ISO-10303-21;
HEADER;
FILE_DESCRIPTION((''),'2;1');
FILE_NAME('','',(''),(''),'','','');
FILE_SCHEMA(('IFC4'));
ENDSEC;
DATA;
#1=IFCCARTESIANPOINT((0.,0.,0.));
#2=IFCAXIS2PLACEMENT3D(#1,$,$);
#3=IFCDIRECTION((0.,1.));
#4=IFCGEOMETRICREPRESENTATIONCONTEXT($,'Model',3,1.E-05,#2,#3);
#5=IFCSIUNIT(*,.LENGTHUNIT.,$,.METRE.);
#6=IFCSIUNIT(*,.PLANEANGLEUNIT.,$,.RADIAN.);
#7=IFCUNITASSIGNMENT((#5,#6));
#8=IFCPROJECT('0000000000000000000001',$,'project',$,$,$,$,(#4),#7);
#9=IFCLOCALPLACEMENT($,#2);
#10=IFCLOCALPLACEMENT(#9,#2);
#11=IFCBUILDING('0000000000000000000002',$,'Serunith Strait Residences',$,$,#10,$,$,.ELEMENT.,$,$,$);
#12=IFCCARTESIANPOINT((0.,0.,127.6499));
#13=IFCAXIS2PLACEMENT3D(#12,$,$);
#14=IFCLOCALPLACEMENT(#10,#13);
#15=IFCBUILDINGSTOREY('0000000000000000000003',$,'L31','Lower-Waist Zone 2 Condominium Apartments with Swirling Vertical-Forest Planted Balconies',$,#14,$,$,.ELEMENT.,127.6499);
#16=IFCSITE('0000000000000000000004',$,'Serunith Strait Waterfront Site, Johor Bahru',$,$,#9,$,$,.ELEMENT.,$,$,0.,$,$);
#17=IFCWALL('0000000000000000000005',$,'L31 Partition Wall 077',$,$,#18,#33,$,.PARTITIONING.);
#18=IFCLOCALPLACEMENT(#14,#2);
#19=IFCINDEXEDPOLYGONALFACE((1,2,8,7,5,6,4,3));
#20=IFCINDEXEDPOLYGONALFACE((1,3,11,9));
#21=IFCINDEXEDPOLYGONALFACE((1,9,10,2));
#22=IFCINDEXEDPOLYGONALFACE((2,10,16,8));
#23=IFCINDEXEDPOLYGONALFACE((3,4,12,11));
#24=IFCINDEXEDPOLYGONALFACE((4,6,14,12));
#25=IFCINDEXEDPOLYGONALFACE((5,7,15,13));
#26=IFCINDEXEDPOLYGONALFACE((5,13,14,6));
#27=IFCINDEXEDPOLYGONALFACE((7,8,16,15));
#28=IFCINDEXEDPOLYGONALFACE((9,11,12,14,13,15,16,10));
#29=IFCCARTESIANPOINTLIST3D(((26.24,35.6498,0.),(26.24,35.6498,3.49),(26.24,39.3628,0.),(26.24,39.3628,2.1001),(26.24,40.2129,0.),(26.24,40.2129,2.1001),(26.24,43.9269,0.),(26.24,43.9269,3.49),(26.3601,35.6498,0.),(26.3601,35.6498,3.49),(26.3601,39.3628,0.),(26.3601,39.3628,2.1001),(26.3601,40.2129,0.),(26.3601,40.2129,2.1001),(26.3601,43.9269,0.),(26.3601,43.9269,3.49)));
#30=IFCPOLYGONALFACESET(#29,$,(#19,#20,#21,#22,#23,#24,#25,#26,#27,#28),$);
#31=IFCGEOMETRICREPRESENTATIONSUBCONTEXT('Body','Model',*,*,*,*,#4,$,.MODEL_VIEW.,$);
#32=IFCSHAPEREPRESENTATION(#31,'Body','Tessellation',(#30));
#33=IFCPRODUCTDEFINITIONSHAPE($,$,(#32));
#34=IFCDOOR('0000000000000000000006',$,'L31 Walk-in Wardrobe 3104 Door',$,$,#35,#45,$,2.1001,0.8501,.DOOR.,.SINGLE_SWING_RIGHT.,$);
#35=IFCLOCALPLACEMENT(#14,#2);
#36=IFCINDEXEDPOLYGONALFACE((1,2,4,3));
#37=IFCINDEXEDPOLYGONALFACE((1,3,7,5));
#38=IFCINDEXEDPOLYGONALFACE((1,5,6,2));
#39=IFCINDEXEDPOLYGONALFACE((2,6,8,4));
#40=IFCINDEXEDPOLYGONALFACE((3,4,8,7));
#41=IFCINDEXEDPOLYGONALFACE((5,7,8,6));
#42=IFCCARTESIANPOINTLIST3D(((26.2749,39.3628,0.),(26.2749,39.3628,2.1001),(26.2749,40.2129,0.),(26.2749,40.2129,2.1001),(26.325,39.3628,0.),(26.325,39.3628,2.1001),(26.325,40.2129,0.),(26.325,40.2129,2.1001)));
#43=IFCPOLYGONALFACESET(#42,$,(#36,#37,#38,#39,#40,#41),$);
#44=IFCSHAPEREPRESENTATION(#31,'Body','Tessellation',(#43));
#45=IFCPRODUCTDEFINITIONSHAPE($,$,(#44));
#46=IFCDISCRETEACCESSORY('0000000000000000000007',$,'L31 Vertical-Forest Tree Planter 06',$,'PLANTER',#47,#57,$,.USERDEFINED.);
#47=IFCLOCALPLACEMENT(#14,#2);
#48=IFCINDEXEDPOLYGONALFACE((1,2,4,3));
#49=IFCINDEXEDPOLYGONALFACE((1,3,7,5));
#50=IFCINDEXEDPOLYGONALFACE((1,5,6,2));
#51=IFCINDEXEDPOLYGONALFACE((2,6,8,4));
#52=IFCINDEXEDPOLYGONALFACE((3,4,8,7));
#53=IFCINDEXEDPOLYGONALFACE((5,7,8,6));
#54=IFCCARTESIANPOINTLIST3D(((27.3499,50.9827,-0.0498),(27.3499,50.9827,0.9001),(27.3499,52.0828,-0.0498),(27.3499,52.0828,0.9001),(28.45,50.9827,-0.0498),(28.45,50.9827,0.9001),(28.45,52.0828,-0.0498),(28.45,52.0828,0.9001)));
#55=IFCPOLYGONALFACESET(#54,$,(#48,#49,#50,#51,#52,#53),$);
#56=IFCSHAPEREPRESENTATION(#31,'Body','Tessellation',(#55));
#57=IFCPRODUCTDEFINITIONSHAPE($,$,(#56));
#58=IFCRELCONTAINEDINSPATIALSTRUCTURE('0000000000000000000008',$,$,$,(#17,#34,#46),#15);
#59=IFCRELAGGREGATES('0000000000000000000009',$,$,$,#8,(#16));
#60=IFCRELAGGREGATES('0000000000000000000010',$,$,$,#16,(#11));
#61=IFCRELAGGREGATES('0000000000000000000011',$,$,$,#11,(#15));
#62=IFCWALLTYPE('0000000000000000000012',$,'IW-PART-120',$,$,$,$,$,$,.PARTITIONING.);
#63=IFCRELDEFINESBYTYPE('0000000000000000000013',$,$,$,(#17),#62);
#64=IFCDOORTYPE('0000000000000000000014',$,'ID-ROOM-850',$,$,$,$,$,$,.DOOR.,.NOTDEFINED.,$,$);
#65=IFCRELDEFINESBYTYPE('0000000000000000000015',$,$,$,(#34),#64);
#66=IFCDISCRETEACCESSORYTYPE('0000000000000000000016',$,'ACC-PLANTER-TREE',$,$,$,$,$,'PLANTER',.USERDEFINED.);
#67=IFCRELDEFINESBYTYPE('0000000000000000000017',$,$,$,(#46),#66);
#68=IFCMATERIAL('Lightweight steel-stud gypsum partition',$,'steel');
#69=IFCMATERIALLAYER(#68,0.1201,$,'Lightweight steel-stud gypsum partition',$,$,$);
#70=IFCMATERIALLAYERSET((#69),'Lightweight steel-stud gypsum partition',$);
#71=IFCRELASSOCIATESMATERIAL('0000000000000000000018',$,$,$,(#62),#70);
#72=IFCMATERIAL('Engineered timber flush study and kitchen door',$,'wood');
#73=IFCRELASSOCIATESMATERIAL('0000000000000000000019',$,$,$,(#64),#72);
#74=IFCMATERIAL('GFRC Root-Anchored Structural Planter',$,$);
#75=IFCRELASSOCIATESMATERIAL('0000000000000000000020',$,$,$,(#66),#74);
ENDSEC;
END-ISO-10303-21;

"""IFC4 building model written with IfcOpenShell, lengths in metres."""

from ifc_helpers import new_model, si_unit, direction, frame, frame_2d, origin, origin_2d, place, context, subcontext, project, spatial, rectangle, extrude, source, transform, mapped, material, layer, layer_set, type_object, element, fill, save


model = new_model("IFC4")

# Units and contexts
model_context = context("Model", 3, precision=1e-05, world=origin(), true_north=direction((0.0, 1.0)))
body_context = subcontext(model_context, "Body", "Model", "MODEL_VIEW")
ifc_project = project(units=[si_unit("LENGTHUNIT", "METRE"), si_unit("PLANEANGLEUNIT", "RADIAN")], contexts=[model_context])

# Site, building, storey
site_placement = place(None, origin())
site = spatial("IfcSite", under=ifc_project, at=site_placement, Name="Serunith Strait Waterfront Site, Johor Bahru", CompositionType="ELEMENT", RefElevation=0.0)
building_placement = place(site_placement, origin())
building = spatial("IfcBuilding", under=site, at=building_placement, Name="Serunith Strait Residences", CompositionType="ELEMENT")
storey_placement = place(building_placement, frame((0.0, 0.0, 127.6499)))
storey = spatial("IfcBuildingStorey", under=building, at=storey_placement, Name="L31", Description="Lower-Waist Zone 2 Condominium Apartments with Swirling Vertical-Forest Planted Balconies", CompositionType="ELEMENT", Elevation=127.6499)

# Shared definitions
ifc_material_1 = material(Name="Lightweight steel-stud gypsum partition", Category="steel")
ifc_layer_1 = layer(ifc_material_1, 0.1201, Name="Lightweight steel-stud gypsum partition")
ifc_layer_set_1 = layer_set([ifc_layer_1], Name="Lightweight steel-stud gypsum partition")
wall_type = type_object("IfcWallType", Name="IW-PART-120", PredefinedType="PARTITIONING", material=ifc_layer_set_1)
ifc_material_2 = material(Name="Engineered timber flush study and kitchen door", Category="wood")
door_type_1 = type_object("IfcDoorType", Name="ID-ROOM-850", OperationType="NOTDEFINED", PredefinedType="DOOR", material=ifc_material_2)
shared_shape_1 = source(origin(), body_context, "Body", "SweptSolid", [
    extrude(rectangle(XDim=0.8501, YDim=2.1001, at=frame_2d((0.425, 1.05))), frame((0.0, 0.0249, 0.0), z_axis=(0.0, -1.0, 0.0), x_axis=(1.0, 0.0, 0.0)), (0.0, 0.0, 1.0), 0.05),
])

# Wall, opening, door
wall_1_placement = place(storey_placement, frame((26.3, 43.927, 0.0), z_axis=(0.0, 0.0, 1.0), x_axis=(0.0, -1.0, 0.0)))
wall_1 = element("IfcWall", 1, at=wall_1_placement, inside=storey, type_object=wall_type, Name="L31 Partition Wall 077", PredefinedType="PARTITIONING", context=body_context, shape_type="SweptSolid", body=[
    extrude(rectangle(XDim=8.2771, YDim=0.1201, at=frame_2d((4.1387, 0.0))), origin(), (0.0, 0.0, 1.0), 3.49),
])
opening_1_placement = place(wall_1_placement, frame((3.7141, 0.0, 0.0)))
opening_1 = element("IfcOpeningElement", 2, at=opening_1_placement, cuts=wall_1, PredefinedType="OPENING", context=body_context, shape_type="SweptSolid", body=[
    extrude(rectangle(XDim=0.8501, YDim=2.1001, at=frame_2d((0.425, 1.05))), frame((0.0, 0.0701, 0.0), z_axis=(0.0, -1.0, 0.0), x_axis=(1.0, 0.0, 0.0)), (0.0, 0.0, 1.0), 0.1401),
])
door_1_placement = place(opening_1_placement, origin())
door_1 = element("IfcDoor", 3, at=door_1_placement, inside=storey, type_object=door_type_1, Name="L31 Walk-in Wardrobe 3104 Door", OperationType="SINGLE_SWING_RIGHT", OverallHeight=2.1001, OverallWidth=0.8501, PredefinedType="DOOR", context=body_context, shape_type="MappedRepresentation", body=[
    mapped(shared_shape_1, transform((0.0, 0.0, 0.0), scale=1.0)),
])
fill(opening_1, door_1)

# Discrete accessory
ifc_material_3 = material(Name="GFRC Root-Anchored Structural Planter")
discrete_accessory_type = type_object("IfcDiscreteAccessoryType", Name="ACC-PLANTER-TREE", ElementType="PLANTER", PredefinedType="USERDEFINED", material=ifc_material_3)
shared_shape_2 = source(origin(), body_context, "Body", "SweptSolid", [
    extrude(rectangle(XDim=1.1001, YDim=1.1001, at=origin_2d()), origin(), (0.0, 0.0, 1.0), 0.95),
])
discrete_accessory_placement = place(storey_placement, frame((27.8999, 51.5327, -0.0498), z_axis=(0.0, 0.0, 1.0), x_axis=(-1.0, 0.0, 0.0)))
element("IfcDiscreteAccessory", 4, at=discrete_accessory_placement, inside=storey, type_object=discrete_accessory_type, Name="L31 Vertical-Forest Tree Planter 06", ObjectType="PLANTER", PredefinedType="USERDEFINED", context=body_context, shape_type="MappedRepresentation", body=[
    mapped(shared_shape_2, transform((0.0, 0.0, 0.0), scale=1.0)),
])

save(model, "model.ifc")
